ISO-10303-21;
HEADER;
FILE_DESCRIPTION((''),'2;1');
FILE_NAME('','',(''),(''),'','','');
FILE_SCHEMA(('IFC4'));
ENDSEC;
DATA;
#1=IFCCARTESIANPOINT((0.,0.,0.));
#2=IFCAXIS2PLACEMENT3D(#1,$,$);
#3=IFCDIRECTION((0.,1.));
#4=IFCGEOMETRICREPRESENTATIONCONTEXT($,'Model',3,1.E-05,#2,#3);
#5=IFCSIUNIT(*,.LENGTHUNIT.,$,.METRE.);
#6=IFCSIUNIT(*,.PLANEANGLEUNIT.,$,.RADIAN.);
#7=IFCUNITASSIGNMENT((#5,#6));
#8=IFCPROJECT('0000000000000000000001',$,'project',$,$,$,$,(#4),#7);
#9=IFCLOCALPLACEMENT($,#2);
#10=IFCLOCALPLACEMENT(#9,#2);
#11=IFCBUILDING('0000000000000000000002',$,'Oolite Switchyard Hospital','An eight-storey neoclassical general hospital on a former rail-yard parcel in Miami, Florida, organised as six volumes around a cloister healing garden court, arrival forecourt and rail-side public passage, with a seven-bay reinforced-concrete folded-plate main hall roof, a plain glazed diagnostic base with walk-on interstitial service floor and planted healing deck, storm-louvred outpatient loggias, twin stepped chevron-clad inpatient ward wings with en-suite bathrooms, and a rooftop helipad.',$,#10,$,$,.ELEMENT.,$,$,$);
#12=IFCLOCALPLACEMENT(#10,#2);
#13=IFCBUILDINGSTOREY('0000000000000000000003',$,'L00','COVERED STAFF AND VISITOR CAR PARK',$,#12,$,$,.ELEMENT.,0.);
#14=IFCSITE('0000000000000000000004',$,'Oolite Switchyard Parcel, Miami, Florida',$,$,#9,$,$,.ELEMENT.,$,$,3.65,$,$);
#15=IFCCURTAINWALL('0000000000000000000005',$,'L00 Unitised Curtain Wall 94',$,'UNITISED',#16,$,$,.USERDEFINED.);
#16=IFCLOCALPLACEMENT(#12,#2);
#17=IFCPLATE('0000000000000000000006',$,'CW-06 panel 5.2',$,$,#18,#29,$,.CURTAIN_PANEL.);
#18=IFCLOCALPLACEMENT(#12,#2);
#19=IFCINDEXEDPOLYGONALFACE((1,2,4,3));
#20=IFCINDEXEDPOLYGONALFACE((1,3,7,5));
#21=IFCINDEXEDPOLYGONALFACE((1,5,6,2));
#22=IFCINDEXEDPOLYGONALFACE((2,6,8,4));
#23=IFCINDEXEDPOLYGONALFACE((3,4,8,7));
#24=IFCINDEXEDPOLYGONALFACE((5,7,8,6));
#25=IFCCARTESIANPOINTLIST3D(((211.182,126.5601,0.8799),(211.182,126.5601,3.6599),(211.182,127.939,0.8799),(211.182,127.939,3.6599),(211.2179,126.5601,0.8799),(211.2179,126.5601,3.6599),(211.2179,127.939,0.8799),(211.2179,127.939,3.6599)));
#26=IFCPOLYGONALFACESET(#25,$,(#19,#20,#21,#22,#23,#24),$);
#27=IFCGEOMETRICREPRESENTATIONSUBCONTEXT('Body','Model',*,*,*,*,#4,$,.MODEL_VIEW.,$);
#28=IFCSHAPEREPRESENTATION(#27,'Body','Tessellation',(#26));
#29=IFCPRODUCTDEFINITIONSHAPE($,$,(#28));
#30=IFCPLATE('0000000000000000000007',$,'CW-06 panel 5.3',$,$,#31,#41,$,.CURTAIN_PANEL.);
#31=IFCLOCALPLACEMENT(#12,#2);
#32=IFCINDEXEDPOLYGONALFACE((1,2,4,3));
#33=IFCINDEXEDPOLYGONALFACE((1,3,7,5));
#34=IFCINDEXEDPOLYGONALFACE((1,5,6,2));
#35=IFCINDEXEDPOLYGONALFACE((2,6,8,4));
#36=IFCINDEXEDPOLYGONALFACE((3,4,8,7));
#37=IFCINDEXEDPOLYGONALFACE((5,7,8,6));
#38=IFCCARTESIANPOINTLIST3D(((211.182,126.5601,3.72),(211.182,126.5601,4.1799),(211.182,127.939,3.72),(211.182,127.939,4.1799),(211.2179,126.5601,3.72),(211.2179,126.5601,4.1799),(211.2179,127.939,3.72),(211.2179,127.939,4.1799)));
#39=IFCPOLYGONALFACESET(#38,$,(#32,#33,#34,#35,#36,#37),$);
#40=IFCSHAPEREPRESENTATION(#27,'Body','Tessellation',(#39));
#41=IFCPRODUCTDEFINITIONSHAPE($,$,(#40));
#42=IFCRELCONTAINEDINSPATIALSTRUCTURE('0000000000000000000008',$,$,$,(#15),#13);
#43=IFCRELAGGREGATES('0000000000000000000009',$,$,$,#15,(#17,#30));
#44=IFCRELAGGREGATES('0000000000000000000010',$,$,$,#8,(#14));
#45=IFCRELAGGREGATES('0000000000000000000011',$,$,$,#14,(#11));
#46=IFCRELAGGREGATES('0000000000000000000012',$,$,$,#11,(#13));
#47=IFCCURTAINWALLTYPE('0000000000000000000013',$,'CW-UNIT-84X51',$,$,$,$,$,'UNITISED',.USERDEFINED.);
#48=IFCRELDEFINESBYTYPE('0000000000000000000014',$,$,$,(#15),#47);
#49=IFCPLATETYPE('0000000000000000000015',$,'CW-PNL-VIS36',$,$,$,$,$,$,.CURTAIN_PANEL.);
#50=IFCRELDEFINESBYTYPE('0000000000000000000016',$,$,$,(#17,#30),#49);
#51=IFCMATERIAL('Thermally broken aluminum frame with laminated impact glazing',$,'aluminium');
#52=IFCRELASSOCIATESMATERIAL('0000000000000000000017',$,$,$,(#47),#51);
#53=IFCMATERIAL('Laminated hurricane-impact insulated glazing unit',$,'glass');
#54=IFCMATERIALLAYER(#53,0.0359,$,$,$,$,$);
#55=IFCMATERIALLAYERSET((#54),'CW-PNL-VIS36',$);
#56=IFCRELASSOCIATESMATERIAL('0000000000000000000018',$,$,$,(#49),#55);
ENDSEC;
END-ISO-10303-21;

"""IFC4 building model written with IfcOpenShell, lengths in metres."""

from ifc_helpers import new_model, si_unit, direction, frame, origin, origin_2d, place, context, subcontext, project, spatial, rectangle, extrude, material, layer, layer_set, type_object, element, aggregate, save


model = new_model("IFC4")

# Units and contexts
model_context = context("Model", 3, precision=1e-05, world=origin(), true_north=direction((0.0, 1.0)))
body_context = subcontext(model_context, "Body", "Model", "MODEL_VIEW")
ifc_project = project(units=[si_unit("LENGTHUNIT", "METRE"), si_unit("PLANEANGLEUNIT", "RADIAN")], contexts=[model_context])

# Site, building, storey
site_placement = place(None, origin())
site = spatial("IfcSite", under=ifc_project, at=site_placement, Name="Oolite Switchyard Parcel, Miami, Florida", CompositionType="ELEMENT", RefElevation=3.65)
building_placement = place(site_placement, origin())
building = spatial("IfcBuilding", under=site, at=building_placement, Name="Oolite Switchyard Hospital", Description="An eight-storey neoclassical general hospital on a former rail-yard parcel in Miami, Florida, organised as six volumes around a cloister healing garden court, arrival forecourt and rail-side public passage, with a seven-bay reinforced-concrete folded-plate main hall roof, a plain glazed diagnostic base with walk-on interstitial service floor and planted healing deck, storm-louvred outpatient loggias, twin stepped chevron-clad inpatient ward wings with en-suite bathrooms, and a rooftop helipad.", CompositionType="ELEMENT")
storey_placement = place(building_placement, origin())
storey = spatial("IfcBuildingStorey", under=building, at=storey_placement, Name="L00", Description="COVERED STAFF AND VISITOR CAR PARK", CompositionType="ELEMENT", Elevation=0.0)

# Shared definitions
ifc_material_1 = material(Name="Thermally broken aluminum frame with laminated impact glazing", Category="aluminium")
curtain_wall_type = type_object("IfcCurtainWallType", Name="CW-UNIT-84X51", ElementType="UNITISED", PredefinedType="USERDEFINED", material=ifc_material_1)

# Curtain wall
curtain_wall_1_placement = place(storey_placement, origin())
curtain_wall_1 = element("IfcCurtainWall", 1, at=curtain_wall_1_placement, inside=storey, type_object=curtain_wall_type, Name="L00 Unitised Curtain Wall 94", ObjectType="UNITISED", PredefinedType="USERDEFINED")

# Plates
ifc_material_2 = material(Name="Laminated hurricane-impact insulated glazing unit", Category="glass")
ifc_layer = layer(ifc_material_2, 0.0359)
ifc_layer_set = layer_set([ifc_layer], Name="CW-PNL-VIS36")
plate_type = type_object("IfcPlateType", Name="CW-PNL-VIS36", PredefinedType="CURTAIN_PANEL", material=ifc_layer_set)
plate_1_placement = place(storey_placement, frame((211.2, 127.2495, 0.8799), z_axis=(0.0, 0.0, 1.0), x_axis=(0.0, -1.0, 0.0)))
plate_1 = element("IfcPlate", 2, at=plate_1_placement, type_object=plate_type, Name="CW-06 panel 5.2", PredefinedType="CURTAIN_PANEL", context=body_context, shape_type="SweptSolid", body=[
    extrude(rectangle(XDim=1.3789, YDim=0.0359, at=origin_2d()), origin(), (0.0, 0.0, 1.0), 2.78),
])
plate_2_placement = place(storey_placement, frame((211.2, 127.2495, 3.72), z_axis=(0.0, 0.0, 1.0), x_axis=(0.0, -1.0, 0.0)))
plate_2 = element("IfcPlate", 3, at=plate_2_placement, type_object=plate_type, Name="CW-06 panel 5.3", PredefinedType="CURTAIN_PANEL", context=body_context, shape_type="SweptSolid", body=[
    extrude(rectangle(XDim=1.3789, YDim=0.0359, at=origin_2d()), origin(), (0.0, 0.0, 1.0), 0.46),
])
aggregate(curtain_wall_1, [plate_1, plate_2])

save(model, "model.ifc")
